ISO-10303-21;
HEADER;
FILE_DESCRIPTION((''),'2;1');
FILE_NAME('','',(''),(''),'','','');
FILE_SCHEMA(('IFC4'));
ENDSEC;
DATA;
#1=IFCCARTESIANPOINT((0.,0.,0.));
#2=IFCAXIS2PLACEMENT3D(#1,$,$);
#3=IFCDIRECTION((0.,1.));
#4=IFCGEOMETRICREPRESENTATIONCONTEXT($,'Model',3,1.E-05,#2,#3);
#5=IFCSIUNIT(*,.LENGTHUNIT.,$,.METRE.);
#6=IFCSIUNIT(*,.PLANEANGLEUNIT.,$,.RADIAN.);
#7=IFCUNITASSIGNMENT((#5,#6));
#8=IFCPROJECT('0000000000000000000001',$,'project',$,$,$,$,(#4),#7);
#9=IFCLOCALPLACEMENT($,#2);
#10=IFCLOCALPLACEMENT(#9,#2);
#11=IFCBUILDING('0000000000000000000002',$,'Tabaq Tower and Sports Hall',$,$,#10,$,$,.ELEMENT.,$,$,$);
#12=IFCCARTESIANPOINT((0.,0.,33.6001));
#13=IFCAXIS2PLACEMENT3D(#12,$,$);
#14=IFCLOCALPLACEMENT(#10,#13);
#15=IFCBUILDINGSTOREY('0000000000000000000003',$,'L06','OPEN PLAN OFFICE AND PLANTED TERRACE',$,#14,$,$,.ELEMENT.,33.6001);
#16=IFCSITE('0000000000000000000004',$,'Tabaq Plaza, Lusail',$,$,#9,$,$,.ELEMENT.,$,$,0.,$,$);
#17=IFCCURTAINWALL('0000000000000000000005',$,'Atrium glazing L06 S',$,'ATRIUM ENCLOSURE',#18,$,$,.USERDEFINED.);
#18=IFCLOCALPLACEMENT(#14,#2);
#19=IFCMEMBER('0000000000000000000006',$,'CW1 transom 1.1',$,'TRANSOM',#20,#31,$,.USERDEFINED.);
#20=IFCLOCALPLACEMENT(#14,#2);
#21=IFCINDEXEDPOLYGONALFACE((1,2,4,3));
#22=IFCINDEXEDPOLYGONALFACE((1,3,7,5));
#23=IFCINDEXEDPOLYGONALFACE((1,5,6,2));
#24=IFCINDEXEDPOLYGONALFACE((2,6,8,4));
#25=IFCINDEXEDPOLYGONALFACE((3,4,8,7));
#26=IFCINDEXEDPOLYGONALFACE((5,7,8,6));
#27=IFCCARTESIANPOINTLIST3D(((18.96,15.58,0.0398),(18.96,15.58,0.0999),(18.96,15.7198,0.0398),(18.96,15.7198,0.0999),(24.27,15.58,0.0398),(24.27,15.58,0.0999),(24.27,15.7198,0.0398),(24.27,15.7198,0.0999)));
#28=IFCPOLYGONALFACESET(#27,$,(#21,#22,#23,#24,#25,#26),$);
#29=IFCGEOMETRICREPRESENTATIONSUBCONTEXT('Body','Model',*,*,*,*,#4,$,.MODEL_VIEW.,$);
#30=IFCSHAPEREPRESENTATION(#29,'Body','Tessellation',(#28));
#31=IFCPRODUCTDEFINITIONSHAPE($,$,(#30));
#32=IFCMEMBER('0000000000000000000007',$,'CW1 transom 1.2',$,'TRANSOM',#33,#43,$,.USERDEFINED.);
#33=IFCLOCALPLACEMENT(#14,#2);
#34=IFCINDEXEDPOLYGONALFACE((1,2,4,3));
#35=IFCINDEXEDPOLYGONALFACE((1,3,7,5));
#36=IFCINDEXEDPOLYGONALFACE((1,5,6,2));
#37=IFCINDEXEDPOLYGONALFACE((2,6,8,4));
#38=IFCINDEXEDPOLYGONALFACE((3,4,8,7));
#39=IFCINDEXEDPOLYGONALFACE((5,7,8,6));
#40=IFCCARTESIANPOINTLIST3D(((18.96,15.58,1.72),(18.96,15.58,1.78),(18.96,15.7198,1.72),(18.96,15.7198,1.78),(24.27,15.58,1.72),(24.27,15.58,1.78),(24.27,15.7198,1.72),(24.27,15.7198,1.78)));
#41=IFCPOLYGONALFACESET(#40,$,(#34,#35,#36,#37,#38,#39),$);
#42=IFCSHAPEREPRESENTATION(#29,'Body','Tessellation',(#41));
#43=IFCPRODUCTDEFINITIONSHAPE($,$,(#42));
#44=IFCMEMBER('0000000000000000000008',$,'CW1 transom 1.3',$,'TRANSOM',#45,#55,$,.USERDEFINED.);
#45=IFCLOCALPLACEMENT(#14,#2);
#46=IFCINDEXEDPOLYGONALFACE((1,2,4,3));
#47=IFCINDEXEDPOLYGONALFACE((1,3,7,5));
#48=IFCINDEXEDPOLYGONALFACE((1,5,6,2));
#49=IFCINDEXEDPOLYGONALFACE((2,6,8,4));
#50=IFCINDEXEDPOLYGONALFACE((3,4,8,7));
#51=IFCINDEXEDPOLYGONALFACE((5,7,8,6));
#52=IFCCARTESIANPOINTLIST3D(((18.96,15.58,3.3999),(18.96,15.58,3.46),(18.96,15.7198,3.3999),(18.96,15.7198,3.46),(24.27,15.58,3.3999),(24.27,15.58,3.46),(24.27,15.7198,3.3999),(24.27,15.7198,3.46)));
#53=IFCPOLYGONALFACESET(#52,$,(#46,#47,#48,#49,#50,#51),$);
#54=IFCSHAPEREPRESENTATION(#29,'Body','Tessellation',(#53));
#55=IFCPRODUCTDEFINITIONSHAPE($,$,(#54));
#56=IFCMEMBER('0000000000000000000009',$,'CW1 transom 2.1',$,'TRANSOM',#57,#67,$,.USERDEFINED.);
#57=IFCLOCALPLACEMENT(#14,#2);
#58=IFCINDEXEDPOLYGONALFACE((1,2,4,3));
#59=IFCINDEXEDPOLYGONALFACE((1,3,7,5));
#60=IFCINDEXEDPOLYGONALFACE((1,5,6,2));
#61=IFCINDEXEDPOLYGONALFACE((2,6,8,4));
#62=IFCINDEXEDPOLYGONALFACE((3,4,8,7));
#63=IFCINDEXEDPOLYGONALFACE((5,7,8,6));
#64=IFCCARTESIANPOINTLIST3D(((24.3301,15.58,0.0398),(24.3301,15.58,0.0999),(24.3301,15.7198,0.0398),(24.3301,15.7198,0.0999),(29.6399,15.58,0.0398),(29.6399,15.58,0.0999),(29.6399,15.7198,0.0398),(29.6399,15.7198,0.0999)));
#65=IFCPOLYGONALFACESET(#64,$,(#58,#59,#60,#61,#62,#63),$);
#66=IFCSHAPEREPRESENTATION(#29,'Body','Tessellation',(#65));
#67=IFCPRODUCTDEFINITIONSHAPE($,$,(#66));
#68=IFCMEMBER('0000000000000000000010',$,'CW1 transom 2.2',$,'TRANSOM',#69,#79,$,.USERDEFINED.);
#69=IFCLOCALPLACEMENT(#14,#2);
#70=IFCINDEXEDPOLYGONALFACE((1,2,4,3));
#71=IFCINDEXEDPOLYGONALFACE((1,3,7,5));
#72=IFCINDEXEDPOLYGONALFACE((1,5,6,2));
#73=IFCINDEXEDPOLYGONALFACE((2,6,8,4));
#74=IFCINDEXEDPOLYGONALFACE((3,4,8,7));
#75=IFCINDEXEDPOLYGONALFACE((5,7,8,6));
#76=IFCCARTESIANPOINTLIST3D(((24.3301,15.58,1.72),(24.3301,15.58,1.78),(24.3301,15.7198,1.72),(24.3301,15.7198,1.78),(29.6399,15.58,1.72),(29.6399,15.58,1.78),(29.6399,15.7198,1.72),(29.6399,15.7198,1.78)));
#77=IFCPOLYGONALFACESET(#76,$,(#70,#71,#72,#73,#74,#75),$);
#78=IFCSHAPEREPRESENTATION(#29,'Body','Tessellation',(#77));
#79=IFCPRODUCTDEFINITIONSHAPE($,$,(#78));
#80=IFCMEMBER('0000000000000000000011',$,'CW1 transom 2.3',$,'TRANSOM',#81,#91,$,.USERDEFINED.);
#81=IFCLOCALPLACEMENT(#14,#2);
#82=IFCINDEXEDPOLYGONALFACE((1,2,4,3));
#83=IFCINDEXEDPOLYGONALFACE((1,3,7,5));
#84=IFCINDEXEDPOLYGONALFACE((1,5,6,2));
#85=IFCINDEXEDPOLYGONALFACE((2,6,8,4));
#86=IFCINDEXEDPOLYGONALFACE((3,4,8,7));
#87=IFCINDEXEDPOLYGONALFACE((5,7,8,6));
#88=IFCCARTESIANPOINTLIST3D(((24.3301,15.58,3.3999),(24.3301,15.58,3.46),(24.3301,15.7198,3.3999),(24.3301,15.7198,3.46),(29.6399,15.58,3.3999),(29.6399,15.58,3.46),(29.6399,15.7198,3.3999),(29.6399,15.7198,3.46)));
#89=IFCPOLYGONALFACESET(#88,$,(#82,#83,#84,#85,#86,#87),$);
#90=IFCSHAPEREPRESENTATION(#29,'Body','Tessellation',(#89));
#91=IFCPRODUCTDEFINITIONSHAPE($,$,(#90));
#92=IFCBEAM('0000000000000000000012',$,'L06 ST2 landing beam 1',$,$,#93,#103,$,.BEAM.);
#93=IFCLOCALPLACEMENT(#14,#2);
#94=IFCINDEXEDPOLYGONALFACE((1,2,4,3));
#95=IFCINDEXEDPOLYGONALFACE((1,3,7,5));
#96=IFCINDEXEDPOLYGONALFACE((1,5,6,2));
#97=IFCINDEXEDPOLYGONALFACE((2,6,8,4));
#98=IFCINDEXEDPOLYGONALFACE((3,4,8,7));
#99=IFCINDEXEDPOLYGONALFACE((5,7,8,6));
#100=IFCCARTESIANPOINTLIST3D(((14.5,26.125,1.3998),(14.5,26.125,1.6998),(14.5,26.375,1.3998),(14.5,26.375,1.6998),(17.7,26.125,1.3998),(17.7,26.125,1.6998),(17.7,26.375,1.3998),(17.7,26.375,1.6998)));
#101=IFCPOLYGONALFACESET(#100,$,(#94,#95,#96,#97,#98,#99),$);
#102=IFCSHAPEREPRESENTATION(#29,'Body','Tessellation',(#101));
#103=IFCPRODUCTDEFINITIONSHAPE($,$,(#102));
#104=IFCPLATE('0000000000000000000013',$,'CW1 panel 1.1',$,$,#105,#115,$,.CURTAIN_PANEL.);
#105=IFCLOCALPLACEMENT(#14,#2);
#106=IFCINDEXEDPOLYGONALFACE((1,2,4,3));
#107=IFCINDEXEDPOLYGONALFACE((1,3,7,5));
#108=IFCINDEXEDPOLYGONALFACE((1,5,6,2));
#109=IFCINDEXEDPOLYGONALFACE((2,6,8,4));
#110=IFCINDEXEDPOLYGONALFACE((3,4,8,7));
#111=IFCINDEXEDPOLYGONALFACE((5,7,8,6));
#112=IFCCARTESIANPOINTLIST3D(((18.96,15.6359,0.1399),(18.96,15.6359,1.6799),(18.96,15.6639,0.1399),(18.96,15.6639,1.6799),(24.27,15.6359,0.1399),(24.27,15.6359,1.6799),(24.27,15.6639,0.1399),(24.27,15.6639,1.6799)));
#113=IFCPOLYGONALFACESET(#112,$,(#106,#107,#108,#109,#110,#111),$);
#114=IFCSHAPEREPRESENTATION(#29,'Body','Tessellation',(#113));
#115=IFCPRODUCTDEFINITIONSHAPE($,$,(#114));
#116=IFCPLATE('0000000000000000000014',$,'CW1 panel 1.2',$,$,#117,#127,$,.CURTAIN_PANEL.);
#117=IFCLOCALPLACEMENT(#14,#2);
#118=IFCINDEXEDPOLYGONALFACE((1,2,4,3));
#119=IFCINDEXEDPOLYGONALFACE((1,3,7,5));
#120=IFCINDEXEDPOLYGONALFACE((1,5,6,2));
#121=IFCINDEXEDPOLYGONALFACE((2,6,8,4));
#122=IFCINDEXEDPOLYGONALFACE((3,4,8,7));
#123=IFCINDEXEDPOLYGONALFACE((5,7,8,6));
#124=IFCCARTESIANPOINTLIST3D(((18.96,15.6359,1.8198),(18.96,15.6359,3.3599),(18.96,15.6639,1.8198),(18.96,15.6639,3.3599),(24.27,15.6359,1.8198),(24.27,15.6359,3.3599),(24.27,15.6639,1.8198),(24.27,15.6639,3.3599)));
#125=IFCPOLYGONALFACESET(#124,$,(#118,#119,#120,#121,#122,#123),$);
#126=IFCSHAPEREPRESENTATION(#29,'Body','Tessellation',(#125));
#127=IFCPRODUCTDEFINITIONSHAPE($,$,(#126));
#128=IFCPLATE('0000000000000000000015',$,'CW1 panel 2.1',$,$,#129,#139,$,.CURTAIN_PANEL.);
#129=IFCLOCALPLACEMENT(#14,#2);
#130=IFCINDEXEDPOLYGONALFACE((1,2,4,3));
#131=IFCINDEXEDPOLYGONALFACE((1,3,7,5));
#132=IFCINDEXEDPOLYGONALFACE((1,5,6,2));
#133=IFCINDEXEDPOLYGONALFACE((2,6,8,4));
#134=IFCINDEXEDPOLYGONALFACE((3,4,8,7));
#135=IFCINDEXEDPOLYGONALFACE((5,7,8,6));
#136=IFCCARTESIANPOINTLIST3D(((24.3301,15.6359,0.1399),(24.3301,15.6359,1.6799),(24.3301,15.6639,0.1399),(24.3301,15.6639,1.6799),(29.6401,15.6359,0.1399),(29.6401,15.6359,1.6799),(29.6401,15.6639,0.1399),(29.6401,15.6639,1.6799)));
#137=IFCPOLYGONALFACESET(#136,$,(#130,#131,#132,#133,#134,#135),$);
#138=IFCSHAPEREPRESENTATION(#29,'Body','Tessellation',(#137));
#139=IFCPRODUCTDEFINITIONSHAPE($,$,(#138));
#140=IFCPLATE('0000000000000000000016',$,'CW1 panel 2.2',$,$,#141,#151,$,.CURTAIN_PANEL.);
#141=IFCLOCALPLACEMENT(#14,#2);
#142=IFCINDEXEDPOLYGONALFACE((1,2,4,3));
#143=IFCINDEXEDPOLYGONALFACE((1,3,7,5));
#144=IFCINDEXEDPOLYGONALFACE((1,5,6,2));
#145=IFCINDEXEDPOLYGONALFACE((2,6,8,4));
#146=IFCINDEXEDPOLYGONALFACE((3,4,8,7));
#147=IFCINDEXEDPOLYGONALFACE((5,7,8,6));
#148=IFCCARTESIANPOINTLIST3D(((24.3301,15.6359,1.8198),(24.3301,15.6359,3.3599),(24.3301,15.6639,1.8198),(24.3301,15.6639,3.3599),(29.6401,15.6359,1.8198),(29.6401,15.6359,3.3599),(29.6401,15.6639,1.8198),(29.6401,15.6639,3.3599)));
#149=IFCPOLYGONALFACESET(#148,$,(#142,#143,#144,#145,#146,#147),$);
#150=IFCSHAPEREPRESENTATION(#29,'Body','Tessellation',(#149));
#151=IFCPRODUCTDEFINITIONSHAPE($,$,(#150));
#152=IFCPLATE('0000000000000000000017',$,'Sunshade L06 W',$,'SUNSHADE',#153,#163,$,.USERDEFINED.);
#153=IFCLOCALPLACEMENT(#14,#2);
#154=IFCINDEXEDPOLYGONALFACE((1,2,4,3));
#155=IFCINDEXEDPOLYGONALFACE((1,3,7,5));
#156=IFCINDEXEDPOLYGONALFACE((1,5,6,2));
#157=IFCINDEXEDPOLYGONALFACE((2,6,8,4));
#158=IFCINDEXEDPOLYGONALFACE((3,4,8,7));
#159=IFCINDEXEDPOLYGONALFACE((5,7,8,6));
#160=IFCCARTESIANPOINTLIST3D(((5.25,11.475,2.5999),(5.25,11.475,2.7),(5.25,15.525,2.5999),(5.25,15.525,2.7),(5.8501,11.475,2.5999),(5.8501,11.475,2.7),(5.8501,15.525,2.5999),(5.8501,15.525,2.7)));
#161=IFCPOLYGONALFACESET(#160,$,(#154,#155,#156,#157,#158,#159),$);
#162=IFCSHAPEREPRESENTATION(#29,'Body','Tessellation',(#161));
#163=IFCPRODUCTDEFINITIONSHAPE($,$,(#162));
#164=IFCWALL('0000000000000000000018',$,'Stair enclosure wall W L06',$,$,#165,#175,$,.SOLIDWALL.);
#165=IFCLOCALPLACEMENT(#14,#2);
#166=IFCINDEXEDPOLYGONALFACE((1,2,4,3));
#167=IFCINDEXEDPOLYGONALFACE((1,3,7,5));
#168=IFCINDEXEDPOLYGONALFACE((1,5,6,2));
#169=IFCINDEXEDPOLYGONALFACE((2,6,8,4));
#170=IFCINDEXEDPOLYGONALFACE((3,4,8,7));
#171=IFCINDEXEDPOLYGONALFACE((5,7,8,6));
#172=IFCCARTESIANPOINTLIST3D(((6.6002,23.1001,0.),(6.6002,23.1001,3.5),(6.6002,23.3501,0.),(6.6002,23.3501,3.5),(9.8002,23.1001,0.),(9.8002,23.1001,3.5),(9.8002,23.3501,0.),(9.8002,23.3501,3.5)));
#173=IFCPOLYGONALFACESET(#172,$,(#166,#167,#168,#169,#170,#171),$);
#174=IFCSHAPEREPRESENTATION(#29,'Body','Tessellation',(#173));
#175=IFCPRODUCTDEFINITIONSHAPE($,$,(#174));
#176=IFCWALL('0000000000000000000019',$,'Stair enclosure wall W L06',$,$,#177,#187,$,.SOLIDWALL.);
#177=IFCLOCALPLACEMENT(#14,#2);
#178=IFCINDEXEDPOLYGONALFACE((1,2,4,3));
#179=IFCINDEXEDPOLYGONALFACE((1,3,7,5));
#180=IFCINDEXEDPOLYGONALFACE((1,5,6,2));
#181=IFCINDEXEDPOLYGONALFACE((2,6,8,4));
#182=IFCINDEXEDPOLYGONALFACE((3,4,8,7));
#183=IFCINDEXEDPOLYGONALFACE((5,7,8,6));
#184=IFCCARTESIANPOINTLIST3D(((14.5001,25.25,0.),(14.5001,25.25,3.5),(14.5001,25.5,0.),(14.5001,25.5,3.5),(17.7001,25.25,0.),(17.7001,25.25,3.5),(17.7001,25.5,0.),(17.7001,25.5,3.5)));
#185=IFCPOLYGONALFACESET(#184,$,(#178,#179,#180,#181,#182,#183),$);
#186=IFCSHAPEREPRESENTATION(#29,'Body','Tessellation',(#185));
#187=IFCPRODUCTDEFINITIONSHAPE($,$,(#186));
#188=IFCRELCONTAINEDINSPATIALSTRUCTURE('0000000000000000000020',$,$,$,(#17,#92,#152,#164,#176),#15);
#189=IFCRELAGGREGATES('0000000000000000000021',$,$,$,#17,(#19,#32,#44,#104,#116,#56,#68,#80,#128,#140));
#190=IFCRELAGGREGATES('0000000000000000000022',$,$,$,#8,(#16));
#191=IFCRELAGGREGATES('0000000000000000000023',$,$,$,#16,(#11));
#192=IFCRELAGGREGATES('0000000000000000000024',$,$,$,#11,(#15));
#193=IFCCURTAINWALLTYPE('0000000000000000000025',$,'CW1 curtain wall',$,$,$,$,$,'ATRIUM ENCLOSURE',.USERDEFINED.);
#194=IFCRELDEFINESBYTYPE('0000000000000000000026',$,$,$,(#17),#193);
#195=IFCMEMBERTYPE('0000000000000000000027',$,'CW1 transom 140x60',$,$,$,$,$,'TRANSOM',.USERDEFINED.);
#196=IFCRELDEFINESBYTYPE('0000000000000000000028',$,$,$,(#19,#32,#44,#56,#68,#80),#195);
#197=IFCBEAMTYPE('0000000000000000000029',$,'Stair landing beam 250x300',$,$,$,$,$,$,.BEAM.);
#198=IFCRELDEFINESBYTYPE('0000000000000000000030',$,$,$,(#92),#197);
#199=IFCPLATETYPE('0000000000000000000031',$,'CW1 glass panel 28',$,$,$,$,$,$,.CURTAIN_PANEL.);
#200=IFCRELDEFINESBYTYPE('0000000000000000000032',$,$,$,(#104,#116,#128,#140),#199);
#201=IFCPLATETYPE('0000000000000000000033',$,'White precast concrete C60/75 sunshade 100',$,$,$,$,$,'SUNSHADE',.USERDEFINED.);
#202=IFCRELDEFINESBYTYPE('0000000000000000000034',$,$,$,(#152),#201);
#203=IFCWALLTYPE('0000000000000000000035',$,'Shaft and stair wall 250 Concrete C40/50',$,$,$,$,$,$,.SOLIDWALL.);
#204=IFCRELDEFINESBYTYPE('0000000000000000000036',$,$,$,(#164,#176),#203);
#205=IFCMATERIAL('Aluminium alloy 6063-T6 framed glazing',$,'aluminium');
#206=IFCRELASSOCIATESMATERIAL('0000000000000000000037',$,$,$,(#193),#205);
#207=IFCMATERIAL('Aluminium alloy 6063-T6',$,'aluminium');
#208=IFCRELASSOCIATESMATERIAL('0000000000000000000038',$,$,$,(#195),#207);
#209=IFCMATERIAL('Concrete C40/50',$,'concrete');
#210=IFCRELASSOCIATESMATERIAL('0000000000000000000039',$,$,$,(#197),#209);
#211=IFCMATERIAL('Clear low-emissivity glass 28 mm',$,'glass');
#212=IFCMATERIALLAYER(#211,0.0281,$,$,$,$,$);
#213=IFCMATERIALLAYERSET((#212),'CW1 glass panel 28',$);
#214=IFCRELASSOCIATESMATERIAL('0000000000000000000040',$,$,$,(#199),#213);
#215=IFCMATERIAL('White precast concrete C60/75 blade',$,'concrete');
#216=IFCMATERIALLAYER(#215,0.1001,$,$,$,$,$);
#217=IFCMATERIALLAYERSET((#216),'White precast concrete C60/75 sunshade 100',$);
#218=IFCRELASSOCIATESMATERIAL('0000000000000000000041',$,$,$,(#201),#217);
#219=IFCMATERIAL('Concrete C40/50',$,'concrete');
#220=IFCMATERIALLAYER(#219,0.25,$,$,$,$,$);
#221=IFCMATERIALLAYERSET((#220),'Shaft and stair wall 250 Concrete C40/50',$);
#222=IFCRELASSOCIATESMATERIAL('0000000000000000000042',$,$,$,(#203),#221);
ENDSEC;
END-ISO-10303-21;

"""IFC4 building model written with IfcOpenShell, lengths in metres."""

from ifc_helpers import new_model, si_unit, direction, frame, frame_2d, origin, origin_2d, place, context, subcontext, project, spatial, rectangle, extrude, material, layer, layer_set, material_profile, profile_set, type_object, element, aggregate, save


model = new_model("IFC4")

# Units and contexts
model_context = context("Model", 3, precision=1e-05, world=origin(), true_north=direction((0.0, 1.0)))
body_context = subcontext(model_context, "Body", "Model", "MODEL_VIEW")
ifc_project = project(units=[si_unit("LENGTHUNIT", "METRE"), si_unit("PLANEANGLEUNIT", "RADIAN")], contexts=[model_context])

# Site, building, storey
site_placement = place(None, origin())
site = spatial("IfcSite", under=ifc_project, at=site_placement, Name="Tabaq Plaza, Lusail", CompositionType="ELEMENT", RefElevation=0.0)
building_placement = place(site_placement, origin())
building = spatial("IfcBuilding", under=site, at=building_placement, Name="Tabaq Tower and Sports Hall", CompositionType="ELEMENT")
storey_placement = place(building_placement, frame((0.0, 0.0, 33.6001)))
storey = spatial("IfcBuildingStorey", under=building, at=storey_placement, Name="L06", Description="OPEN PLAN OFFICE AND PLANTED TERRACE", CompositionType="ELEMENT", Elevation=33.6001)

# Curtain wall, members
ifc_material_1 = material(Name="Aluminium alloy 6063-T6 framed glazing", Category="aluminium")
curtain_wall_type = type_object("IfcCurtainWallType", Name="CW1 curtain wall", ElementType="ATRIUM ENCLOSURE", PredefinedType="USERDEFINED", material=ifc_material_1)
curtain_wall_placement = place(storey_placement, origin())
curtain_wall = element("IfcCurtainWall", 1, at=curtain_wall_placement, inside=storey, type_object=curtain_wall_type, Name="Atrium glazing L06 S", ObjectType="ATRIUM ENCLOSURE", PredefinedType="USERDEFINED")
ifc_material_2 = material(Name="Aluminium alloy 6063-T6", Category="aluminium")
ifc_material_profile_1 = material_profile(ifc_material_2, rectangle(XDim=0.1399, YDim=0.0601, at=origin_2d()), Name="TRANSOM 140x60")
ifc_profile_set_1 = profile_set([ifc_material_profile_1], Name="Aluminium alloy 6063-T6")
member_type = type_object("IfcMemberType", Name="CW1 transom 140x60", ElementType="TRANSOM", PredefinedType="USERDEFINED", material=ifc_profile_set_1)
member_1_placement = place(storey_placement, frame((18.96, 15.6499, 0.0698), z_axis=(1.0, 0.0, 0.0), x_axis=(0.0, 1.0, 0.0)))
member_1 = element("IfcMember", 2, at=member_1_placement, type_object=member_type, Name="CW1 transom 1.1", ObjectType="TRANSOM", PredefinedType="USERDEFINED", context=body_context, shape_type="SweptSolid", body=[
    extrude(rectangle(XDim=0.1399, YDim=0.0601, at=origin_2d()), origin(), (0.0, 0.0, 1.0), 5.3101),
])
member_2_placement = place(storey_placement, frame((18.96, 15.6499, 1.75), z_axis=(1.0, 0.0, 0.0), x_axis=(0.0, 1.0, 0.0)))
member_2 = element("IfcMember", 3, at=member_2_placement, type_object=member_type, Name="CW1 transom 1.2", ObjectType="TRANSOM", PredefinedType="USERDEFINED", context=body_context, shape_type="SweptSolid", body=[
    extrude(rectangle(XDim=0.1399, YDim=0.0601, at=origin_2d()), origin(), (0.0, 0.0, 1.0), 5.3101),
])
member_3_placement = place(storey_placement, frame((18.96, 15.6499, 3.4299), z_axis=(1.0, 0.0, 0.0), x_axis=(0.0, 1.0, 0.0)))
member_3 = element("IfcMember", 4, at=member_3_placement, type_object=member_type, Name="CW1 transom 1.3", ObjectType="TRANSOM", PredefinedType="USERDEFINED", context=body_context, shape_type="SweptSolid", body=[
    extrude(rectangle(XDim=0.1399, YDim=0.0601, at=origin_2d()), origin(), (0.0, 0.0, 1.0), 5.3101),
])
member_4_placement = place(storey_placement, frame((24.3301, 15.6499, 0.0698), z_axis=(1.0, 0.0, 0.0), x_axis=(0.0, 1.0, 0.0)))
member_4 = element("IfcMember", 5, at=member_4_placement, type_object=member_type, Name="CW1 transom 2.1", ObjectType="TRANSOM", PredefinedType="USERDEFINED", context=body_context, shape_type="SweptSolid", body=[
    extrude(rectangle(XDim=0.1399, YDim=0.0601, at=origin_2d()), origin(), (0.0, 0.0, 1.0), 5.3098),
])
member_5_placement = place(storey_placement, frame((24.3301, 15.6499, 1.75), z_axis=(1.0, 0.0, 0.0), x_axis=(0.0, 1.0, 0.0)))
member_5 = element("IfcMember", 6, at=member_5_placement, type_object=member_type, Name="CW1 transom 2.2", ObjectType="TRANSOM", PredefinedType="USERDEFINED", context=body_context, shape_type="SweptSolid", body=[
    extrude(rectangle(XDim=0.1399, YDim=0.0601, at=origin_2d()), origin(), (0.0, 0.0, 1.0), 5.3098),
])
member_6_placement = place(storey_placement, frame((24.3301, 15.6499, 3.4299), z_axis=(1.0, 0.0, 0.0), x_axis=(0.0, 1.0, 0.0)))
member_6 = element("IfcMember", 7, at=member_6_placement, type_object=member_type, Name="CW1 transom 2.3", ObjectType="TRANSOM", PredefinedType="USERDEFINED", context=body_context, shape_type="SweptSolid", body=[
    extrude(rectangle(XDim=0.1399, YDim=0.0601, at=origin_2d()), origin(), (0.0, 0.0, 1.0), 5.3098),
])

# Beam
ifc_material_3 = material(Name="Concrete C40/50", Category="concrete")
ifc_material_profile_2 = material_profile(ifc_material_3, rectangle(XDim=0.25, YDim=0.3, at=origin_2d()), Name="RC 250x300")
ifc_profile_set_2 = profile_set([ifc_material_profile_2], Name="Concrete C40/50")
beam_type = type_object("IfcBeamType", Name="Stair landing beam 250x300", PredefinedType="BEAM", material=ifc_profile_set_2)
beam_placement = place(storey_placement, frame((14.5, 26.25, 1.5498), z_axis=(1.0, 0.0, 0.0), x_axis=(0.0, 1.0, 0.0)))
element("IfcBeam", 8, at=beam_placement, inside=storey, type_object=beam_type, Name="L06 ST2 landing beam 1", PredefinedType="BEAM", context=body_context, shape_type="SweptSolid", body=[
    extrude(rectangle(XDim=0.25, YDim=0.3, at=origin_2d()), origin(), (0.0, 0.0, 1.0), 3.2),
])

# Plates
ifc_material_4 = material(Name="Clear low-emissivity glass 28 mm", Category="glass")
ifc_layer_1 = layer(ifc_material_4, 0.0281)
ifc_layer_set_1 = layer_set([ifc_layer_1], Name="CW1 glass panel 28")
plate_type_1 = type_object("IfcPlateType", Name="CW1 glass panel 28", PredefinedType="CURTAIN_PANEL", material=ifc_layer_set_1)
plate_1_placement = place(storey_placement, frame((21.615, 15.6499, 0.1399), z_axis=(0.0, 0.0, 1.0), x_axis=(1.0, 0.0, 0.0)))
plate_1 = element("IfcPlate", 9, at=plate_1_placement, type_object=plate_type_1, Name="CW1 panel 1.1", PredefinedType="CURTAIN_PANEL", context=body_context, shape_type="SweptSolid", body=[
    extrude(rectangle(XDim=5.3101, YDim=0.0281, at=origin_2d()), origin(), (0.0, 0.0, 1.0), 1.54),
])
plate_2_placement = place(storey_placement, frame((21.615, 15.6499, 1.8198), z_axis=(0.0, 0.0, 1.0), x_axis=(1.0, 0.0, 0.0)))
plate_2 = element("IfcPlate", 10, at=plate_2_placement, type_object=plate_type_1, Name="CW1 panel 1.2", PredefinedType="CURTAIN_PANEL", context=body_context, shape_type="SweptSolid", body=[
    extrude(rectangle(XDim=5.3101, YDim=0.0281, at=origin_2d()), origin(), (0.0, 0.0, 1.0), 1.54),
])
plate_3_placement = place(storey_placement, frame((26.9851, 15.6499, 0.1399), z_axis=(0.0, 0.0, 1.0), x_axis=(1.0, 0.0, 0.0)))
plate_3 = element("IfcPlate", 11, at=plate_3_placement, type_object=plate_type_1, Name="CW1 panel 2.1", PredefinedType="CURTAIN_PANEL", context=body_context, shape_type="SweptSolid", body=[
    extrude(rectangle(XDim=5.3101, YDim=0.0281, at=origin_2d()), origin(), (0.0, 0.0, 1.0), 1.54),
])
plate_4_placement = place(storey_placement, frame((26.9851, 15.6499, 1.8198), z_axis=(0.0, 0.0, 1.0), x_axis=(1.0, 0.0, 0.0)))
plate_4 = element("IfcPlate", 12, at=plate_4_placement, type_object=plate_type_1, Name="CW1 panel 2.2", PredefinedType="CURTAIN_PANEL", context=body_context, shape_type="SweptSolid", body=[
    extrude(rectangle(XDim=5.3101, YDim=0.0281, at=origin_2d()), origin(), (0.0, 0.0, 1.0), 1.54),
])
aggregate(curtain_wall, [member_1, member_2, member_3, plate_1, plate_2, member_4, member_5, member_6, plate_3, plate_4])
ifc_material_5 = material(Name="White precast concrete C60/75 blade", Category="concrete")
ifc_layer_2 = layer(ifc_material_5, 0.1001)
ifc_layer_set_2 = layer_set([ifc_layer_2], Name="White precast concrete C60/75 sunshade 100")
plate_type_2 = type_object("IfcPlateType", Name="White precast concrete C60/75 sunshade 100", ElementType="SUNSHADE", PredefinedType="USERDEFINED", material=ifc_layer_set_2)
plate_5_placement = place(storey_placement, frame((5.55, 13.5, 2.5999), z_axis=(0.0, 0.0, 1.0), x_axis=(0.0, -1.0, 0.0)))
element("IfcPlate", 13, at=plate_5_placement, inside=storey, type_object=plate_type_2, Name="Sunshade L06 W", ObjectType="SUNSHADE", PredefinedType="USERDEFINED", context=body_context, shape_type="SweptSolid", body=[
    extrude(rectangle(XDim=4.05, YDim=0.6001, at=origin_2d()), origin(), (0.0, 0.0, 1.0), 0.1001),
])

# Walls
ifc_material_6 = material(Name="Concrete C40/50", Category="concrete")
ifc_layer_3 = layer(ifc_material_6, 0.25)
ifc_layer_set_3 = layer_set([ifc_layer_3], Name="Shaft and stair wall 250 Concrete C40/50")
wall_type = type_object("IfcWallType", Name="Shaft and stair wall 250 Concrete C40/50", PredefinedType="SOLIDWALL", material=ifc_layer_set_3)
for number, where, z_axis, x_axis, name in (
    (14, (6.6001, 23.2251, 0.0), (0.0, 0.0, 1.0), (1.0, 0.0, 0.0), "Stair enclosure wall W L06"),
    (15, (14.5, 25.375, 0.0), (0.0, 0.0, 1.0), (1.0, 0.0, 0.0), "Stair enclosure wall W L06"),
):
    element("IfcWall", number, at=place(storey_placement, frame(where, z_axis=z_axis, x_axis=x_axis)), inside=storey, type_object=wall_type, Name=name, PredefinedType="SOLIDWALL", context=body_context, shape_type="SweptSolid", body=[
        extrude(rectangle(XDim=3.2, YDim=0.25, at=frame_2d((1.6001, 0.0))), origin(), (0.0, 0.0, 1.0), 3.5),
    ])

save(model, "model.ifc")
